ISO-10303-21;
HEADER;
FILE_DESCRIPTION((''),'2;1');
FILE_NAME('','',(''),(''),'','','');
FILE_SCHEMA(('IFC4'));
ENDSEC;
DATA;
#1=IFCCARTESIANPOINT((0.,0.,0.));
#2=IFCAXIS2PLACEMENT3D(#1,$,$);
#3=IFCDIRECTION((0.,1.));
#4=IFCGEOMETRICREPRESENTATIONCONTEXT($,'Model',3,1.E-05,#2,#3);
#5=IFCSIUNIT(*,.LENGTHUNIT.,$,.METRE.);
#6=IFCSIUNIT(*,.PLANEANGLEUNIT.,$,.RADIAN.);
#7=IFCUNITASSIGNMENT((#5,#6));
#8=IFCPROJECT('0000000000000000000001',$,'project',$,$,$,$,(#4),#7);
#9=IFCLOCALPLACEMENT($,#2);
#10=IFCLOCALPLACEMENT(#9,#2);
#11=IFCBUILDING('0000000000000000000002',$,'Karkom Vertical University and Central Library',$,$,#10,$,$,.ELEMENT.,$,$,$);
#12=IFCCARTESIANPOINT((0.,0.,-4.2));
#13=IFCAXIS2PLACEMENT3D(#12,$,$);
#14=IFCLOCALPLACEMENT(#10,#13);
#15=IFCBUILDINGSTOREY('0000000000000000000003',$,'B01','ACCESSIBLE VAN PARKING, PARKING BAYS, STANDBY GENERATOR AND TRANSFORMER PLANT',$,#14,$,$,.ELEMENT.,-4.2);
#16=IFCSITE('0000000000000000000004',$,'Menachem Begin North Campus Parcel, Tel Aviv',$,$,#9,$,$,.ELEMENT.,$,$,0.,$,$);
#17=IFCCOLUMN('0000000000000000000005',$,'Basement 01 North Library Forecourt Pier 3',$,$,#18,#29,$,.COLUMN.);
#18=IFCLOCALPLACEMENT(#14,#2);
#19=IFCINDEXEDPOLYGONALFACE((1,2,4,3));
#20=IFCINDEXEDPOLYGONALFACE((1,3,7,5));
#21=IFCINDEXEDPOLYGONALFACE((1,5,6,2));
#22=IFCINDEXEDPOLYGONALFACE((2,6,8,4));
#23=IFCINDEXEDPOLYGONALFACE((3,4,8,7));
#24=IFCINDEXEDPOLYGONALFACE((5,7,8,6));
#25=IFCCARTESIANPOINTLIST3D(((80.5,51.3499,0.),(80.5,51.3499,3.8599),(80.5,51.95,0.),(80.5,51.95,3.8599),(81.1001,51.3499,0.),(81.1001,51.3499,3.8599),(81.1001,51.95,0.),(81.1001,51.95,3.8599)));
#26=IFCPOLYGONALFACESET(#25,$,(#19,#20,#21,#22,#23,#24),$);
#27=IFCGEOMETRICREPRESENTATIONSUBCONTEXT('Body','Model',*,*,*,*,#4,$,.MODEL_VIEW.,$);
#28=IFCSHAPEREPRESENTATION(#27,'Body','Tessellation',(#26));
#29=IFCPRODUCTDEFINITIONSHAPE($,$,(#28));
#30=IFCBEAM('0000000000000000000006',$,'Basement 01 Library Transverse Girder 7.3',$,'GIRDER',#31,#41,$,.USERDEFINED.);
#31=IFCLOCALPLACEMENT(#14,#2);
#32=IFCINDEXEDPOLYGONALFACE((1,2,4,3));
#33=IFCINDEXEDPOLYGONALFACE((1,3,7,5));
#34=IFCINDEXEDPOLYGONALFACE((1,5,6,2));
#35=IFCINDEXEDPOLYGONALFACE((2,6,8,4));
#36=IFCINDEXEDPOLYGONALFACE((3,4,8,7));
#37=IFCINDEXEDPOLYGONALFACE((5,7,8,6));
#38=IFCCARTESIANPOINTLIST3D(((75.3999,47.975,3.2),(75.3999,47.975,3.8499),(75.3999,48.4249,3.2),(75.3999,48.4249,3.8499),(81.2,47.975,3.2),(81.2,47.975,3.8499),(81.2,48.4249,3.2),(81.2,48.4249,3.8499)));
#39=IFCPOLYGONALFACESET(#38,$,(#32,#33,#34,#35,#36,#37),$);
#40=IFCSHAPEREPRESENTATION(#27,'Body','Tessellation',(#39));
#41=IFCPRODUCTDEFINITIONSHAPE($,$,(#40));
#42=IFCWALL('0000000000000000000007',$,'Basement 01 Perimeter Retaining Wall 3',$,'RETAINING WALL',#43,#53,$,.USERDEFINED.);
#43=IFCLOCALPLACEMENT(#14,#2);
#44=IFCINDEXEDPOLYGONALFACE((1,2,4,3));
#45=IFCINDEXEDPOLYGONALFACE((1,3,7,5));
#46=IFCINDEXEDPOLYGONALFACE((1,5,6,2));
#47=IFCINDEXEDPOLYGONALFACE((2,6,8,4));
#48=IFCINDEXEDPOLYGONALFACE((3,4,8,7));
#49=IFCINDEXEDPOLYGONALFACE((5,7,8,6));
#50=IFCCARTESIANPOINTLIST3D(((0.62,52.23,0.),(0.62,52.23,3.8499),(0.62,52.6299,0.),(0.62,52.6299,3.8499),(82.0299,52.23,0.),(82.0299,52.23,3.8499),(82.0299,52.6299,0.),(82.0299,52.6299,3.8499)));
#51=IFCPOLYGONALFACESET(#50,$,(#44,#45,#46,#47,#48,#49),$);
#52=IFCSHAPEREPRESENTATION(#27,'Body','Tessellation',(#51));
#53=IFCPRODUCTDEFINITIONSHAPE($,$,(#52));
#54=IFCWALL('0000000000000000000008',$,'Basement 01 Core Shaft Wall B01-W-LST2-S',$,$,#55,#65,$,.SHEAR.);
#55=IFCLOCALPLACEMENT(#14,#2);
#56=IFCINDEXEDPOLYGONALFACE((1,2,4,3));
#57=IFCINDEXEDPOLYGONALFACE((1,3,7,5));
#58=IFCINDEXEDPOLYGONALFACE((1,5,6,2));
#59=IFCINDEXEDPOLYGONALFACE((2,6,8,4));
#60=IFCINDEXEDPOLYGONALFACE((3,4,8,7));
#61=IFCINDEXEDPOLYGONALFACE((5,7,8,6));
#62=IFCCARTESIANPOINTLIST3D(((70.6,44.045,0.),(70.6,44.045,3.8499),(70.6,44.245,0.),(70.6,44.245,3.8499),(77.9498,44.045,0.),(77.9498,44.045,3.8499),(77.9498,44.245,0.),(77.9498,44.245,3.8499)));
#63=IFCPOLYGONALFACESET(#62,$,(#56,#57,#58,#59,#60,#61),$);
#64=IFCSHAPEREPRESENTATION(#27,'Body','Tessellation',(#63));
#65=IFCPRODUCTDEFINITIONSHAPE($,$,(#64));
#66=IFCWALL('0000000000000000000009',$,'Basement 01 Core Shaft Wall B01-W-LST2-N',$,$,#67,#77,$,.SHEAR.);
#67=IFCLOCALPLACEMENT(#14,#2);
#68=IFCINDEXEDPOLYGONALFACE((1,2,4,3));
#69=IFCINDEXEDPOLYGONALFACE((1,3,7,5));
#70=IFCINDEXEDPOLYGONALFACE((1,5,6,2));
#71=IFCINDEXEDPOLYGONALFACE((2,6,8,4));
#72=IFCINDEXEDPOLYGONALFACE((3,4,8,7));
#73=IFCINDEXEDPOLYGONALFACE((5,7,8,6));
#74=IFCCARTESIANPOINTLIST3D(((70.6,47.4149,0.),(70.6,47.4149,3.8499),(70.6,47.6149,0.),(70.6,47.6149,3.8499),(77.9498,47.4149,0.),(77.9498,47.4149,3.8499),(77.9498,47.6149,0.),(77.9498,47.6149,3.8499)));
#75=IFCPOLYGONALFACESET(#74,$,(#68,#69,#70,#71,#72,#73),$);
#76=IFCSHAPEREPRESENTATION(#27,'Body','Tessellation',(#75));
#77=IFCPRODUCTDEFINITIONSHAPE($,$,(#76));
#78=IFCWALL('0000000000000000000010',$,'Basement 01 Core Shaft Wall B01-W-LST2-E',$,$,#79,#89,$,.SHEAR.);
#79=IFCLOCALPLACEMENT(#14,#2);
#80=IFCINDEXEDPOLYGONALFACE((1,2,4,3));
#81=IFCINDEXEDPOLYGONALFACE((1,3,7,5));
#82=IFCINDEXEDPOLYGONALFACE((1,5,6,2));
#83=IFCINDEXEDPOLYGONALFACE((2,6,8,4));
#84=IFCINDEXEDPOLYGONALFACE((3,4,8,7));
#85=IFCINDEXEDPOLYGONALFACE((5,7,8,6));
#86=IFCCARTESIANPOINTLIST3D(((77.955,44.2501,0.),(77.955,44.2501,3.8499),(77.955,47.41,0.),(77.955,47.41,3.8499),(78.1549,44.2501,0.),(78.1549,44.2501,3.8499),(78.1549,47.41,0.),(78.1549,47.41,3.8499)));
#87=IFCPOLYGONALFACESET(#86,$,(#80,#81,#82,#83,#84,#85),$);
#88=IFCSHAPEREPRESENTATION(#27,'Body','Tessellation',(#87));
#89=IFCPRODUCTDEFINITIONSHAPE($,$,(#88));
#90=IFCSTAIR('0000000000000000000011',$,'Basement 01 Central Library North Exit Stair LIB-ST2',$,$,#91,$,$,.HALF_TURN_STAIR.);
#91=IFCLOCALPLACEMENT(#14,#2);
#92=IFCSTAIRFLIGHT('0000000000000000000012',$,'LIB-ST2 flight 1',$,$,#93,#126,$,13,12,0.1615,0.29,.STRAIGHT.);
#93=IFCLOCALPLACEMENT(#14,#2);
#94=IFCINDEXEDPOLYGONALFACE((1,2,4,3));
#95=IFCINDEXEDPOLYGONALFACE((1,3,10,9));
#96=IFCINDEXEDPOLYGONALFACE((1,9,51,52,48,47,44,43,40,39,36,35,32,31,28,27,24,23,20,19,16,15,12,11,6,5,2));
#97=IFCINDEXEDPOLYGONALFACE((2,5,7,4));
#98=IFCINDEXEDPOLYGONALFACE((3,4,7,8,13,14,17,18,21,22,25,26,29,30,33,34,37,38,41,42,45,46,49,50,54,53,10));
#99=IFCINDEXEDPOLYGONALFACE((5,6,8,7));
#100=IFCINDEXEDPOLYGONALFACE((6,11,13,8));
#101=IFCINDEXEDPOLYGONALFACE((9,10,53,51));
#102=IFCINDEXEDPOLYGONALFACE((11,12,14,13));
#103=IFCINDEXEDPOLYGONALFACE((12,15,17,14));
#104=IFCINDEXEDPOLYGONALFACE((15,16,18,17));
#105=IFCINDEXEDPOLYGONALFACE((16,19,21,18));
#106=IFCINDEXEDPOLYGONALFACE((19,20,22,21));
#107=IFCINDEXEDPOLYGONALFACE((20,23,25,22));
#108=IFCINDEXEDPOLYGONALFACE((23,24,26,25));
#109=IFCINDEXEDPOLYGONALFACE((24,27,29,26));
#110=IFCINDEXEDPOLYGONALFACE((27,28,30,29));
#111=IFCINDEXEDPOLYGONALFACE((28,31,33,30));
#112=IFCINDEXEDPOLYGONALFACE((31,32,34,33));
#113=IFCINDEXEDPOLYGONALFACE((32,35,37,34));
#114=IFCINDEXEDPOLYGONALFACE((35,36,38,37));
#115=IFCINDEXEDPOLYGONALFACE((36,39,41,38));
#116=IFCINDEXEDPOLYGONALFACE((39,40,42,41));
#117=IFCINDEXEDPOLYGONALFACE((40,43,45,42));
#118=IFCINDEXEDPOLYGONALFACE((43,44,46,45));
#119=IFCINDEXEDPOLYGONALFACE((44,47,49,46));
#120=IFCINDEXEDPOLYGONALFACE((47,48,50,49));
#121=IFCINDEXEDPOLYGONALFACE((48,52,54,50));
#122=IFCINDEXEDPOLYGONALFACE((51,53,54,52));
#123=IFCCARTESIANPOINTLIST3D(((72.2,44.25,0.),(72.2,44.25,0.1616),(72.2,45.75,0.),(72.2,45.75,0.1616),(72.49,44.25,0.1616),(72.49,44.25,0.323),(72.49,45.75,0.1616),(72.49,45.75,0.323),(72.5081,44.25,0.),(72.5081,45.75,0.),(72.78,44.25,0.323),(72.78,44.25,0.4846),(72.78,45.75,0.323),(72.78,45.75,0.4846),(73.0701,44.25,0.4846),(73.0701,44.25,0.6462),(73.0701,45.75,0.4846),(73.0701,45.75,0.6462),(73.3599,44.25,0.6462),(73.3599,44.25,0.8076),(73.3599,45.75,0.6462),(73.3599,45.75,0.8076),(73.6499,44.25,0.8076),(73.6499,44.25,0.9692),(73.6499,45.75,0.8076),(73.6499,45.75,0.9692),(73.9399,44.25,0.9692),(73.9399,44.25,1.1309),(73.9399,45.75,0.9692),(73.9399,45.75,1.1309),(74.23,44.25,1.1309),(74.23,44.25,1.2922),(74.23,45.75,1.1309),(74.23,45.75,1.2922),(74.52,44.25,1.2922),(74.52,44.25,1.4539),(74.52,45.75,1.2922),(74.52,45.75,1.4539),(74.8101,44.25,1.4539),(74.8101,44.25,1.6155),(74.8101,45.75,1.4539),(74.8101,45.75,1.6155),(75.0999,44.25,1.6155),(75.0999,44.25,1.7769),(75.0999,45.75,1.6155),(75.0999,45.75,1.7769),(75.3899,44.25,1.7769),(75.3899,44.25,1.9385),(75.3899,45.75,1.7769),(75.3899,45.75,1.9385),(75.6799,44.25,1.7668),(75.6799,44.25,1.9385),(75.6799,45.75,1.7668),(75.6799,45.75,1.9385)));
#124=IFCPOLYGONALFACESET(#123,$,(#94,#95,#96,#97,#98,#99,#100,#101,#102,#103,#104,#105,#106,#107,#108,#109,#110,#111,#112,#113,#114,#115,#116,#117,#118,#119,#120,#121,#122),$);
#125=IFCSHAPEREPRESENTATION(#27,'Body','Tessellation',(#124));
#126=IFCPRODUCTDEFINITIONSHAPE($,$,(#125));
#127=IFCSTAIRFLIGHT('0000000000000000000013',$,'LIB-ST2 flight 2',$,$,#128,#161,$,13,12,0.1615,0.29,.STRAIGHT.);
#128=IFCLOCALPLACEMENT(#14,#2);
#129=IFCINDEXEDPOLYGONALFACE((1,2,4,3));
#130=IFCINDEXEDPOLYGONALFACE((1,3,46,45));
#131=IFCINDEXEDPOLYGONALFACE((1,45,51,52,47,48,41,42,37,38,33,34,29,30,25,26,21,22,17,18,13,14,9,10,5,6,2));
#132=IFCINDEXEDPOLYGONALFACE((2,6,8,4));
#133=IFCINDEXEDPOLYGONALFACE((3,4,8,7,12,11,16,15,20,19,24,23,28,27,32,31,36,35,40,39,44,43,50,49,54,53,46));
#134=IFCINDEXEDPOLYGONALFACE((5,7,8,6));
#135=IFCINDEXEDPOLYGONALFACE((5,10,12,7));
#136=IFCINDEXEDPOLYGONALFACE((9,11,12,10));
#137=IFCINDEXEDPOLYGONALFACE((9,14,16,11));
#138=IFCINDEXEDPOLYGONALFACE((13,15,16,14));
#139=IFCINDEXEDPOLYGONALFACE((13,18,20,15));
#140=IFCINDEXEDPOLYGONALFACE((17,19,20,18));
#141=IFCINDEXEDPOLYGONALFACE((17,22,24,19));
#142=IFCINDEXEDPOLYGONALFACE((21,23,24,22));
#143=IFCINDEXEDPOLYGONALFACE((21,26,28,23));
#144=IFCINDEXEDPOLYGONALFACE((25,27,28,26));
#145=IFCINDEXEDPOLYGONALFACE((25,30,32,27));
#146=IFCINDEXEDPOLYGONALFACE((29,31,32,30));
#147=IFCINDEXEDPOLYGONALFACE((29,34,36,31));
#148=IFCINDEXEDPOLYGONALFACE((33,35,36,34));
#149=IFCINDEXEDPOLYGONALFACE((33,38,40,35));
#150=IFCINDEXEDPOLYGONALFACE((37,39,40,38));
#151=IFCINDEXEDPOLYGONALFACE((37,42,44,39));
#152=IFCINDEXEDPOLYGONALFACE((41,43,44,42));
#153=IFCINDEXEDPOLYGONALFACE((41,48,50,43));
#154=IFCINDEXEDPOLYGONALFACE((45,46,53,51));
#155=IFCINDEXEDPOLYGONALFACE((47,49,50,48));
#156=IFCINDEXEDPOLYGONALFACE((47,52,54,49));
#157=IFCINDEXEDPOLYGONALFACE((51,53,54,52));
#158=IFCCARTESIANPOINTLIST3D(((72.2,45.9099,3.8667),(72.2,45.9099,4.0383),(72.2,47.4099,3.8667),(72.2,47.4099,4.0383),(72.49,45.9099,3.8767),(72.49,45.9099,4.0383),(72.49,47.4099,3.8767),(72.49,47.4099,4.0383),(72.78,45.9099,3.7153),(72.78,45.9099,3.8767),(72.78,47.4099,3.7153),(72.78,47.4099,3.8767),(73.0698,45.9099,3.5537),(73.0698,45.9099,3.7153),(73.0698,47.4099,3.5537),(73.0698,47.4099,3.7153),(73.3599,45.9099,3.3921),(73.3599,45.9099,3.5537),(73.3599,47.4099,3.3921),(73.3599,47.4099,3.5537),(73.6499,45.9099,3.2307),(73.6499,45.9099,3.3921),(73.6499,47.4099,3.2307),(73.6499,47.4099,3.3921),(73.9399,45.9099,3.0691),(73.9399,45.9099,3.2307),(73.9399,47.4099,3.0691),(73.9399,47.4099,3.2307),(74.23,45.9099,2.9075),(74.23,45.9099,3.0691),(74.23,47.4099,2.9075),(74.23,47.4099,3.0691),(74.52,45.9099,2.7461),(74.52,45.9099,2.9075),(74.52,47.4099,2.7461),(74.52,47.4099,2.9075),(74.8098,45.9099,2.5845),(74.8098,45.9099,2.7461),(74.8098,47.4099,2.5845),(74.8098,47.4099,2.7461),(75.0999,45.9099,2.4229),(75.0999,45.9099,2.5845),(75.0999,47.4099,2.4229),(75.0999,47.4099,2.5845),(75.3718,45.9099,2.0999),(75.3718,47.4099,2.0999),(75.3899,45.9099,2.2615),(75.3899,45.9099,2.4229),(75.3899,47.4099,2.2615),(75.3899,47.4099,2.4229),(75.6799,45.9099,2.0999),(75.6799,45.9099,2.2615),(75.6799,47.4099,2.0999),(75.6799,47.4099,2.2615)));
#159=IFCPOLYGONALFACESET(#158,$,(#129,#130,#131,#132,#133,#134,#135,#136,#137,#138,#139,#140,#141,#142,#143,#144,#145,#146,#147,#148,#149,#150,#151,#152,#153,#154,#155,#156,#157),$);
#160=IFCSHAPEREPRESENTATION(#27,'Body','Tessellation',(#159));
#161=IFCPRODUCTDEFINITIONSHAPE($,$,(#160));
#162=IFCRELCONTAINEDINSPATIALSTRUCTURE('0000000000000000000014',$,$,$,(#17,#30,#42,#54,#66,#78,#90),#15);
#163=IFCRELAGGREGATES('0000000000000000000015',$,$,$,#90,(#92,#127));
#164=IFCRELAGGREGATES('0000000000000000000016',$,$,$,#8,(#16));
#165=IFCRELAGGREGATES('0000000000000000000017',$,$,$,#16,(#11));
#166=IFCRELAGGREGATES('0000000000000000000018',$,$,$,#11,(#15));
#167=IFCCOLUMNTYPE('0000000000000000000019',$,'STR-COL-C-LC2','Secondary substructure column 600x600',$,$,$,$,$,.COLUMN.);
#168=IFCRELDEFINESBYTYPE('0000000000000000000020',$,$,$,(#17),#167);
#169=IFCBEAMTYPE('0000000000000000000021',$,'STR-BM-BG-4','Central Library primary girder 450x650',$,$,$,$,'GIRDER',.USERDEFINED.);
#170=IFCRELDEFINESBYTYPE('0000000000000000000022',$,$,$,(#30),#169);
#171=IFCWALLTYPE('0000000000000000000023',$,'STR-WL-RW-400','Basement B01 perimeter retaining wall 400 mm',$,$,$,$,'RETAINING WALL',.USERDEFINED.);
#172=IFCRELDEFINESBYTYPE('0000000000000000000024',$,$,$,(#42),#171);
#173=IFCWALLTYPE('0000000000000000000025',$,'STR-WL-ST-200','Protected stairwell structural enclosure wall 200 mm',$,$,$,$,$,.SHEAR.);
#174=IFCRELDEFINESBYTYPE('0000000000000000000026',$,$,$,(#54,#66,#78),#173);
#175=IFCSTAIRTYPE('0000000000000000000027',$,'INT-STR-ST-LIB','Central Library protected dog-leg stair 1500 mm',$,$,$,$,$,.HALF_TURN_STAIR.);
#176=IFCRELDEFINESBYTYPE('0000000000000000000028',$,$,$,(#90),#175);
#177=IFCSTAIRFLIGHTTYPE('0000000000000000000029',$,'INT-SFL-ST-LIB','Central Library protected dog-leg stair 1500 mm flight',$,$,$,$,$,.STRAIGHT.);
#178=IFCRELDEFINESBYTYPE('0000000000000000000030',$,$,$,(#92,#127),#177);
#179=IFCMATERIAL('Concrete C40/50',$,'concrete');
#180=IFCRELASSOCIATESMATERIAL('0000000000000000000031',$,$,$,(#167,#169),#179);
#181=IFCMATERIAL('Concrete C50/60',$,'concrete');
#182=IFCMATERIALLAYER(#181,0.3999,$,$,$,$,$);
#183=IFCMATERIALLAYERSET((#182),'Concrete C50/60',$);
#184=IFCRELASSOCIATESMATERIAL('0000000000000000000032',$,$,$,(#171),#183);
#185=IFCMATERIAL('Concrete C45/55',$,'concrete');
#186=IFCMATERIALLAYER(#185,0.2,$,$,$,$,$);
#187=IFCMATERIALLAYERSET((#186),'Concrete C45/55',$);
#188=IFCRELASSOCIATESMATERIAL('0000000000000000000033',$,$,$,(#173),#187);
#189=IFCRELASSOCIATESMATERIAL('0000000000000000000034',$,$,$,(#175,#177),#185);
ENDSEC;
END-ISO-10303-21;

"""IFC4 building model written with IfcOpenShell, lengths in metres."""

from ifc_helpers import new_model, si_unit, direction, frame, frame_2d, origin, origin_with_axes, origin_2d, place, context, subcontext, project, spatial, polyline, rectangle, outline, extrude, source, transform, mapped, material, layer, layer_set, material_profile, profile_set, type_object, element, aggregate, save


model = new_model("IFC4")

# Units and contexts
model_context = context("Model", 3, precision=1e-05, world=origin(), true_north=direction((0.0, 1.0)))
body_context = subcontext(model_context, "Body", "Model", "MODEL_VIEW")
ifc_project = project(units=[si_unit("LENGTHUNIT", "METRE"), si_unit("PLANEANGLEUNIT", "RADIAN")], contexts=[model_context])

# Site, building, storey
site_placement = place(None, origin())
site = spatial("IfcSite", under=ifc_project, at=site_placement, Name="Menachem Begin North Campus Parcel, Tel Aviv", CompositionType="ELEMENT", RefElevation=0.0)
building_placement = place(site_placement, origin())
building = spatial("IfcBuilding", under=site, at=building_placement, Name="Karkom Vertical University and Central Library", CompositionType="ELEMENT")
storey_placement = place(building_placement, frame((0.0, 0.0, -4.2)))
storey = spatial("IfcBuildingStorey", under=building, at=storey_placement, Name="B01", Description="ACCESSIBLE VAN PARKING, PARKING BAYS, STANDBY GENERATOR AND TRANSFORMER PLANT", CompositionType="ELEMENT", Elevation=-4.2)

# Column
ifc_material_1 = material(Name="Concrete C40/50", Category="concrete")
ifc_material_profile_1 = material_profile(ifc_material_1, rectangle(XDim=0.6001, YDim=0.6001, at=origin_2d()), Name="RC-600x600")
ifc_profile_set_1 = profile_set([ifc_material_profile_1], Name="Concrete C40/50")
column_type_1 = type_object("IfcColumnType", Name="STR-COL-C-LC2", Description="Secondary substructure column 600x600", PredefinedType="COLUMN", material=ifc_profile_set_1)
ifc_material_2 = material(Name="Concrete C45/55", Category="concrete")
shared_shape_1 = source(origin_with_axes(), body_context, "Body", "SweptSolid", [
    extrude(rectangle(XDim=0.6001, YDim=0.6001, at=origin_2d()), origin(), (0.0, 0.0, 1.0), 3.8599),
])
for number, where, z_axis, x_axis, name in (
    (1, (80.8, 51.6499, 0.0), (0.0, 0.0, 1.0), (1.0, 0.0, 0.0), "Basement 01 North Library Forecourt Pier 3"),
):
    element("IfcColumn", number, at=place(storey_placement, frame(where, z_axis=z_axis, x_axis=x_axis)), inside=storey, type_object=column_type_1, Name=name, PredefinedType="COLUMN", context=body_context, shape_type="MappedRepresentation", body=[
        mapped(shared_shape_1, transform((0.0, 0.0, 0.0), scale=1.0)),
    ])

# Beam
ifc_material_profile_2 = material_profile(ifc_material_1, rectangle(XDim=0.45, YDim=0.6499, at=origin_2d()), Name="RCB-450x650")
ifc_profile_set_2 = profile_set([ifc_material_profile_2], Name="Concrete C40/50")
beam_type = type_object("IfcBeamType", Name="STR-BM-BG-4", Description="Central Library primary girder 450x650", ElementType="GIRDER", PredefinedType="USERDEFINED", material=ifc_profile_set_2)
shared_shape_2 = source(origin_with_axes(), body_context, "Body", "SweptSolid", [
    extrude(rectangle(XDim=0.45, YDim=0.6499, at=origin_2d()), origin(), (0.0, 0.0, 1.0), 5.8),
])
beam_placement = place(storey_placement, frame((75.3999, 48.2, 3.5249), z_axis=(1.0, 0.0, 0.0), x_axis=(0.0, 1.0, 0.0)))
element("IfcBeam", 2, at=beam_placement, inside=storey, type_object=beam_type, Name="Basement 01 Library Transverse Girder 7.3", ObjectType="GIRDER", PredefinedType="USERDEFINED", context=body_context, shape_type="MappedRepresentation", body=[
    mapped(shared_shape_2, transform((0.0, 0.0, 0.0), scale=1.0)),
])

# Walls
ifc_material_3 = material(Name="Concrete C50/60", Category="concrete")
ifc_layer_1 = layer(ifc_material_3, 0.3999)
ifc_layer_set_1 = layer_set([ifc_layer_1], Name="Concrete C50/60")
wall_type_1 = type_object("IfcWallType", Name="STR-WL-RW-400", Description="Basement B01 perimeter retaining wall 400 mm", ElementType="RETAINING WALL", PredefinedType="USERDEFINED", material=ifc_layer_set_1)
wall_1_placement = place(storey_placement, frame((82.03, 52.4299, 0.0), z_axis=(0.0, 0.0, 1.0), x_axis=(-1.0, 0.0, 0.0)))
element("IfcWall", 3, at=wall_1_placement, inside=storey, type_object=wall_type_1, Name="Basement 01 Perimeter Retaining Wall 3", ObjectType="RETAINING WALL", PredefinedType="USERDEFINED", context=body_context, shape_type="SweptSolid", body=[
    extrude(rectangle(XDim=81.4099, YDim=0.3999, at=frame_2d((40.7051, 0.0))), origin(), (0.0, 0.0, 1.0), 3.8499),
])
ifc_layer_2 = layer(ifc_material_2, 0.2)
ifc_layer_set_2 = layer_set([ifc_layer_2], Name="Concrete C45/55")
wall_type_2 = type_object("IfcWallType", Name="STR-WL-ST-200", Description="Protected stairwell structural enclosure wall 200 mm", PredefinedType="SHEAR", material=ifc_layer_set_2)
for number, where, z_axis, x_axis, name in (
    (4, (70.6001, 44.145, 0.0), (0.0, 0.0, 1.0), (1.0, 0.0, 0.0), "Basement 01 Core Shaft Wall B01-W-LST2-S"),
    (5, (70.6001, 47.5149, 0.0), (0.0, 0.0, 1.0), (1.0, 0.0, 0.0), "Basement 01 Core Shaft Wall B01-W-LST2-N"),
):
    element("IfcWall", number, at=place(storey_placement, frame(where, z_axis=z_axis, x_axis=x_axis)), inside=storey, type_object=wall_type_2, Name=name, PredefinedType="SHEAR", context=body_context, shape_type="SweptSolid", body=[
        extrude(rectangle(XDim=7.3499, YDim=0.2, at=frame_2d((3.6748, 0.0))), origin(), (0.0, 0.0, 1.0), 3.8499),
    ])
wall_2_placement = place(storey_placement, frame((78.0549, 44.25, 0.0), z_axis=(0.0, 0.0, 1.0), x_axis=(0.0, 1.0, 0.0)))
element("IfcWall", 6, at=wall_2_placement, inside=storey, type_object=wall_type_2, Name="Basement 01 Core Shaft Wall B01-W-LST2-E", PredefinedType="SHEAR", context=body_context, shape_type="SweptSolid", body=[
    extrude(rectangle(XDim=3.1599, YDim=0.2, at=frame_2d((1.5801, 0.0))), origin(), (0.0, 0.0, 1.0), 3.8499),
])

# Stair, stair flights
stair_type = type_object("IfcStairType", Name="INT-STR-ST-LIB", Description="Central Library protected dog-leg stair 1500 mm", PredefinedType="HALF_TURN_STAIR", material=ifc_material_2)
stair_placement = place(storey_placement, origin())
stair = element("IfcStair", 7, at=stair_placement, inside=storey, type_object=stair_type, Name="Basement 01 Central Library North Exit Stair LIB-ST2", PredefinedType="HALF_TURN_STAIR")
stair_flight_type = type_object("IfcStairFlightType", Name="INT-SFL-ST-LIB", Description="Central Library protected dog-leg stair 1500 mm flight", PredefinedType="STRAIGHT", material=ifc_material_2)
stair_flight_1_placement = place(storey_placement, frame((72.2, 45.0, 0.0), z_axis=(0.0, 0.0, 1.0), x_axis=(1.0, 0.0, 0.0)))
stair_flight_1 = element("IfcStairFlight", 8, at=stair_flight_1_placement, type_object=stair_flight_type, Name="LIB-ST2 flight 1", NumberOfRisers=13, NumberOfTreads=12, PredefinedType="STRAIGHT", RiserHeight=0.1615, TreadLength=0.29, context=body_context, shape_type="SweptSolid", body=[
    extrude(outline(polyline([(0.0, 0.0), (0.0, 0.1616), (0.29, 0.1616), (0.29, 0.323), (0.5801, 0.323), (0.5801, 0.4846), (0.8701, 0.4846), (0.8701, 0.6462), (1.1599, 0.6462), (1.1599, 0.8076), (1.45, 0.8076), (1.45, 0.9692), (1.74, 0.9692), (1.74, 1.1309), (2.03, 1.1309), (2.03, 1.2922), (2.3201, 1.2922), (2.3201, 1.4539), (2.6101, 1.4539), (2.6101, 1.6155), (2.8999, 1.6155), (2.8999, 1.7769), (3.1899, 1.7769), (3.1899, 1.9385), (3.48, 1.9385), (3.48, 2.1001), (3.48, 1.7668), (0.3081, 0.0), (0.0, 0.0)])), frame((0.0, 0.75, 0.0), z_axis=(0.0, -1.0, 0.0), x_axis=(1.0, 0.0, 0.0)), (0.0, 0.0, 1.0), 1.5),
])
stair_flight_2_placement = place(storey_placement, frame((75.6799, 46.6599, 2.0999), z_axis=(0.0, 0.0, 1.0), x_axis=(-1.0, 0.0, 0.0)))
stair_flight_2 = element("IfcStairFlight", 9, at=stair_flight_2_placement, type_object=stair_flight_type, Name="LIB-ST2 flight 2", NumberOfRisers=13, NumberOfTreads=12, PredefinedType="STRAIGHT", RiserHeight=0.1615, TreadLength=0.29, context=body_context, shape_type="SweptSolid", body=[
    extrude(outline(polyline([(0.0, 0.0), (0.0, 0.1616), (0.29, 0.1616), (0.29, 0.323), (0.5801, 0.323), (0.5801, 0.4846), (0.8701, 0.4846), (0.8701, 0.6462), (1.1599, 0.6462), (1.1599, 0.8076), (1.45, 0.8076), (1.45, 0.9692), (1.74, 0.9692), (1.74, 1.1309), (2.03, 1.1309), (2.03, 1.2922), (2.3201, 1.2922), (2.3201, 1.4539), (2.6101, 1.4539), (2.6101, 1.6155), (2.8999, 1.6155), (2.8999, 1.7769), (3.1899, 1.7769), (3.1899, 1.9385), (3.48, 1.9385), (3.48, 2.1001), (3.48, 1.7668), (0.3081, 0.0), (0.0, 0.0)])), frame((0.0, 0.75, 0.0), z_axis=(0.0, -1.0, 0.0), x_axis=(1.0, 0.0, 0.0)), (0.0, 0.0, 1.0), 1.5),
])
aggregate(stair, [stair_flight_1, stair_flight_2])

save(model, "model.ifc")
